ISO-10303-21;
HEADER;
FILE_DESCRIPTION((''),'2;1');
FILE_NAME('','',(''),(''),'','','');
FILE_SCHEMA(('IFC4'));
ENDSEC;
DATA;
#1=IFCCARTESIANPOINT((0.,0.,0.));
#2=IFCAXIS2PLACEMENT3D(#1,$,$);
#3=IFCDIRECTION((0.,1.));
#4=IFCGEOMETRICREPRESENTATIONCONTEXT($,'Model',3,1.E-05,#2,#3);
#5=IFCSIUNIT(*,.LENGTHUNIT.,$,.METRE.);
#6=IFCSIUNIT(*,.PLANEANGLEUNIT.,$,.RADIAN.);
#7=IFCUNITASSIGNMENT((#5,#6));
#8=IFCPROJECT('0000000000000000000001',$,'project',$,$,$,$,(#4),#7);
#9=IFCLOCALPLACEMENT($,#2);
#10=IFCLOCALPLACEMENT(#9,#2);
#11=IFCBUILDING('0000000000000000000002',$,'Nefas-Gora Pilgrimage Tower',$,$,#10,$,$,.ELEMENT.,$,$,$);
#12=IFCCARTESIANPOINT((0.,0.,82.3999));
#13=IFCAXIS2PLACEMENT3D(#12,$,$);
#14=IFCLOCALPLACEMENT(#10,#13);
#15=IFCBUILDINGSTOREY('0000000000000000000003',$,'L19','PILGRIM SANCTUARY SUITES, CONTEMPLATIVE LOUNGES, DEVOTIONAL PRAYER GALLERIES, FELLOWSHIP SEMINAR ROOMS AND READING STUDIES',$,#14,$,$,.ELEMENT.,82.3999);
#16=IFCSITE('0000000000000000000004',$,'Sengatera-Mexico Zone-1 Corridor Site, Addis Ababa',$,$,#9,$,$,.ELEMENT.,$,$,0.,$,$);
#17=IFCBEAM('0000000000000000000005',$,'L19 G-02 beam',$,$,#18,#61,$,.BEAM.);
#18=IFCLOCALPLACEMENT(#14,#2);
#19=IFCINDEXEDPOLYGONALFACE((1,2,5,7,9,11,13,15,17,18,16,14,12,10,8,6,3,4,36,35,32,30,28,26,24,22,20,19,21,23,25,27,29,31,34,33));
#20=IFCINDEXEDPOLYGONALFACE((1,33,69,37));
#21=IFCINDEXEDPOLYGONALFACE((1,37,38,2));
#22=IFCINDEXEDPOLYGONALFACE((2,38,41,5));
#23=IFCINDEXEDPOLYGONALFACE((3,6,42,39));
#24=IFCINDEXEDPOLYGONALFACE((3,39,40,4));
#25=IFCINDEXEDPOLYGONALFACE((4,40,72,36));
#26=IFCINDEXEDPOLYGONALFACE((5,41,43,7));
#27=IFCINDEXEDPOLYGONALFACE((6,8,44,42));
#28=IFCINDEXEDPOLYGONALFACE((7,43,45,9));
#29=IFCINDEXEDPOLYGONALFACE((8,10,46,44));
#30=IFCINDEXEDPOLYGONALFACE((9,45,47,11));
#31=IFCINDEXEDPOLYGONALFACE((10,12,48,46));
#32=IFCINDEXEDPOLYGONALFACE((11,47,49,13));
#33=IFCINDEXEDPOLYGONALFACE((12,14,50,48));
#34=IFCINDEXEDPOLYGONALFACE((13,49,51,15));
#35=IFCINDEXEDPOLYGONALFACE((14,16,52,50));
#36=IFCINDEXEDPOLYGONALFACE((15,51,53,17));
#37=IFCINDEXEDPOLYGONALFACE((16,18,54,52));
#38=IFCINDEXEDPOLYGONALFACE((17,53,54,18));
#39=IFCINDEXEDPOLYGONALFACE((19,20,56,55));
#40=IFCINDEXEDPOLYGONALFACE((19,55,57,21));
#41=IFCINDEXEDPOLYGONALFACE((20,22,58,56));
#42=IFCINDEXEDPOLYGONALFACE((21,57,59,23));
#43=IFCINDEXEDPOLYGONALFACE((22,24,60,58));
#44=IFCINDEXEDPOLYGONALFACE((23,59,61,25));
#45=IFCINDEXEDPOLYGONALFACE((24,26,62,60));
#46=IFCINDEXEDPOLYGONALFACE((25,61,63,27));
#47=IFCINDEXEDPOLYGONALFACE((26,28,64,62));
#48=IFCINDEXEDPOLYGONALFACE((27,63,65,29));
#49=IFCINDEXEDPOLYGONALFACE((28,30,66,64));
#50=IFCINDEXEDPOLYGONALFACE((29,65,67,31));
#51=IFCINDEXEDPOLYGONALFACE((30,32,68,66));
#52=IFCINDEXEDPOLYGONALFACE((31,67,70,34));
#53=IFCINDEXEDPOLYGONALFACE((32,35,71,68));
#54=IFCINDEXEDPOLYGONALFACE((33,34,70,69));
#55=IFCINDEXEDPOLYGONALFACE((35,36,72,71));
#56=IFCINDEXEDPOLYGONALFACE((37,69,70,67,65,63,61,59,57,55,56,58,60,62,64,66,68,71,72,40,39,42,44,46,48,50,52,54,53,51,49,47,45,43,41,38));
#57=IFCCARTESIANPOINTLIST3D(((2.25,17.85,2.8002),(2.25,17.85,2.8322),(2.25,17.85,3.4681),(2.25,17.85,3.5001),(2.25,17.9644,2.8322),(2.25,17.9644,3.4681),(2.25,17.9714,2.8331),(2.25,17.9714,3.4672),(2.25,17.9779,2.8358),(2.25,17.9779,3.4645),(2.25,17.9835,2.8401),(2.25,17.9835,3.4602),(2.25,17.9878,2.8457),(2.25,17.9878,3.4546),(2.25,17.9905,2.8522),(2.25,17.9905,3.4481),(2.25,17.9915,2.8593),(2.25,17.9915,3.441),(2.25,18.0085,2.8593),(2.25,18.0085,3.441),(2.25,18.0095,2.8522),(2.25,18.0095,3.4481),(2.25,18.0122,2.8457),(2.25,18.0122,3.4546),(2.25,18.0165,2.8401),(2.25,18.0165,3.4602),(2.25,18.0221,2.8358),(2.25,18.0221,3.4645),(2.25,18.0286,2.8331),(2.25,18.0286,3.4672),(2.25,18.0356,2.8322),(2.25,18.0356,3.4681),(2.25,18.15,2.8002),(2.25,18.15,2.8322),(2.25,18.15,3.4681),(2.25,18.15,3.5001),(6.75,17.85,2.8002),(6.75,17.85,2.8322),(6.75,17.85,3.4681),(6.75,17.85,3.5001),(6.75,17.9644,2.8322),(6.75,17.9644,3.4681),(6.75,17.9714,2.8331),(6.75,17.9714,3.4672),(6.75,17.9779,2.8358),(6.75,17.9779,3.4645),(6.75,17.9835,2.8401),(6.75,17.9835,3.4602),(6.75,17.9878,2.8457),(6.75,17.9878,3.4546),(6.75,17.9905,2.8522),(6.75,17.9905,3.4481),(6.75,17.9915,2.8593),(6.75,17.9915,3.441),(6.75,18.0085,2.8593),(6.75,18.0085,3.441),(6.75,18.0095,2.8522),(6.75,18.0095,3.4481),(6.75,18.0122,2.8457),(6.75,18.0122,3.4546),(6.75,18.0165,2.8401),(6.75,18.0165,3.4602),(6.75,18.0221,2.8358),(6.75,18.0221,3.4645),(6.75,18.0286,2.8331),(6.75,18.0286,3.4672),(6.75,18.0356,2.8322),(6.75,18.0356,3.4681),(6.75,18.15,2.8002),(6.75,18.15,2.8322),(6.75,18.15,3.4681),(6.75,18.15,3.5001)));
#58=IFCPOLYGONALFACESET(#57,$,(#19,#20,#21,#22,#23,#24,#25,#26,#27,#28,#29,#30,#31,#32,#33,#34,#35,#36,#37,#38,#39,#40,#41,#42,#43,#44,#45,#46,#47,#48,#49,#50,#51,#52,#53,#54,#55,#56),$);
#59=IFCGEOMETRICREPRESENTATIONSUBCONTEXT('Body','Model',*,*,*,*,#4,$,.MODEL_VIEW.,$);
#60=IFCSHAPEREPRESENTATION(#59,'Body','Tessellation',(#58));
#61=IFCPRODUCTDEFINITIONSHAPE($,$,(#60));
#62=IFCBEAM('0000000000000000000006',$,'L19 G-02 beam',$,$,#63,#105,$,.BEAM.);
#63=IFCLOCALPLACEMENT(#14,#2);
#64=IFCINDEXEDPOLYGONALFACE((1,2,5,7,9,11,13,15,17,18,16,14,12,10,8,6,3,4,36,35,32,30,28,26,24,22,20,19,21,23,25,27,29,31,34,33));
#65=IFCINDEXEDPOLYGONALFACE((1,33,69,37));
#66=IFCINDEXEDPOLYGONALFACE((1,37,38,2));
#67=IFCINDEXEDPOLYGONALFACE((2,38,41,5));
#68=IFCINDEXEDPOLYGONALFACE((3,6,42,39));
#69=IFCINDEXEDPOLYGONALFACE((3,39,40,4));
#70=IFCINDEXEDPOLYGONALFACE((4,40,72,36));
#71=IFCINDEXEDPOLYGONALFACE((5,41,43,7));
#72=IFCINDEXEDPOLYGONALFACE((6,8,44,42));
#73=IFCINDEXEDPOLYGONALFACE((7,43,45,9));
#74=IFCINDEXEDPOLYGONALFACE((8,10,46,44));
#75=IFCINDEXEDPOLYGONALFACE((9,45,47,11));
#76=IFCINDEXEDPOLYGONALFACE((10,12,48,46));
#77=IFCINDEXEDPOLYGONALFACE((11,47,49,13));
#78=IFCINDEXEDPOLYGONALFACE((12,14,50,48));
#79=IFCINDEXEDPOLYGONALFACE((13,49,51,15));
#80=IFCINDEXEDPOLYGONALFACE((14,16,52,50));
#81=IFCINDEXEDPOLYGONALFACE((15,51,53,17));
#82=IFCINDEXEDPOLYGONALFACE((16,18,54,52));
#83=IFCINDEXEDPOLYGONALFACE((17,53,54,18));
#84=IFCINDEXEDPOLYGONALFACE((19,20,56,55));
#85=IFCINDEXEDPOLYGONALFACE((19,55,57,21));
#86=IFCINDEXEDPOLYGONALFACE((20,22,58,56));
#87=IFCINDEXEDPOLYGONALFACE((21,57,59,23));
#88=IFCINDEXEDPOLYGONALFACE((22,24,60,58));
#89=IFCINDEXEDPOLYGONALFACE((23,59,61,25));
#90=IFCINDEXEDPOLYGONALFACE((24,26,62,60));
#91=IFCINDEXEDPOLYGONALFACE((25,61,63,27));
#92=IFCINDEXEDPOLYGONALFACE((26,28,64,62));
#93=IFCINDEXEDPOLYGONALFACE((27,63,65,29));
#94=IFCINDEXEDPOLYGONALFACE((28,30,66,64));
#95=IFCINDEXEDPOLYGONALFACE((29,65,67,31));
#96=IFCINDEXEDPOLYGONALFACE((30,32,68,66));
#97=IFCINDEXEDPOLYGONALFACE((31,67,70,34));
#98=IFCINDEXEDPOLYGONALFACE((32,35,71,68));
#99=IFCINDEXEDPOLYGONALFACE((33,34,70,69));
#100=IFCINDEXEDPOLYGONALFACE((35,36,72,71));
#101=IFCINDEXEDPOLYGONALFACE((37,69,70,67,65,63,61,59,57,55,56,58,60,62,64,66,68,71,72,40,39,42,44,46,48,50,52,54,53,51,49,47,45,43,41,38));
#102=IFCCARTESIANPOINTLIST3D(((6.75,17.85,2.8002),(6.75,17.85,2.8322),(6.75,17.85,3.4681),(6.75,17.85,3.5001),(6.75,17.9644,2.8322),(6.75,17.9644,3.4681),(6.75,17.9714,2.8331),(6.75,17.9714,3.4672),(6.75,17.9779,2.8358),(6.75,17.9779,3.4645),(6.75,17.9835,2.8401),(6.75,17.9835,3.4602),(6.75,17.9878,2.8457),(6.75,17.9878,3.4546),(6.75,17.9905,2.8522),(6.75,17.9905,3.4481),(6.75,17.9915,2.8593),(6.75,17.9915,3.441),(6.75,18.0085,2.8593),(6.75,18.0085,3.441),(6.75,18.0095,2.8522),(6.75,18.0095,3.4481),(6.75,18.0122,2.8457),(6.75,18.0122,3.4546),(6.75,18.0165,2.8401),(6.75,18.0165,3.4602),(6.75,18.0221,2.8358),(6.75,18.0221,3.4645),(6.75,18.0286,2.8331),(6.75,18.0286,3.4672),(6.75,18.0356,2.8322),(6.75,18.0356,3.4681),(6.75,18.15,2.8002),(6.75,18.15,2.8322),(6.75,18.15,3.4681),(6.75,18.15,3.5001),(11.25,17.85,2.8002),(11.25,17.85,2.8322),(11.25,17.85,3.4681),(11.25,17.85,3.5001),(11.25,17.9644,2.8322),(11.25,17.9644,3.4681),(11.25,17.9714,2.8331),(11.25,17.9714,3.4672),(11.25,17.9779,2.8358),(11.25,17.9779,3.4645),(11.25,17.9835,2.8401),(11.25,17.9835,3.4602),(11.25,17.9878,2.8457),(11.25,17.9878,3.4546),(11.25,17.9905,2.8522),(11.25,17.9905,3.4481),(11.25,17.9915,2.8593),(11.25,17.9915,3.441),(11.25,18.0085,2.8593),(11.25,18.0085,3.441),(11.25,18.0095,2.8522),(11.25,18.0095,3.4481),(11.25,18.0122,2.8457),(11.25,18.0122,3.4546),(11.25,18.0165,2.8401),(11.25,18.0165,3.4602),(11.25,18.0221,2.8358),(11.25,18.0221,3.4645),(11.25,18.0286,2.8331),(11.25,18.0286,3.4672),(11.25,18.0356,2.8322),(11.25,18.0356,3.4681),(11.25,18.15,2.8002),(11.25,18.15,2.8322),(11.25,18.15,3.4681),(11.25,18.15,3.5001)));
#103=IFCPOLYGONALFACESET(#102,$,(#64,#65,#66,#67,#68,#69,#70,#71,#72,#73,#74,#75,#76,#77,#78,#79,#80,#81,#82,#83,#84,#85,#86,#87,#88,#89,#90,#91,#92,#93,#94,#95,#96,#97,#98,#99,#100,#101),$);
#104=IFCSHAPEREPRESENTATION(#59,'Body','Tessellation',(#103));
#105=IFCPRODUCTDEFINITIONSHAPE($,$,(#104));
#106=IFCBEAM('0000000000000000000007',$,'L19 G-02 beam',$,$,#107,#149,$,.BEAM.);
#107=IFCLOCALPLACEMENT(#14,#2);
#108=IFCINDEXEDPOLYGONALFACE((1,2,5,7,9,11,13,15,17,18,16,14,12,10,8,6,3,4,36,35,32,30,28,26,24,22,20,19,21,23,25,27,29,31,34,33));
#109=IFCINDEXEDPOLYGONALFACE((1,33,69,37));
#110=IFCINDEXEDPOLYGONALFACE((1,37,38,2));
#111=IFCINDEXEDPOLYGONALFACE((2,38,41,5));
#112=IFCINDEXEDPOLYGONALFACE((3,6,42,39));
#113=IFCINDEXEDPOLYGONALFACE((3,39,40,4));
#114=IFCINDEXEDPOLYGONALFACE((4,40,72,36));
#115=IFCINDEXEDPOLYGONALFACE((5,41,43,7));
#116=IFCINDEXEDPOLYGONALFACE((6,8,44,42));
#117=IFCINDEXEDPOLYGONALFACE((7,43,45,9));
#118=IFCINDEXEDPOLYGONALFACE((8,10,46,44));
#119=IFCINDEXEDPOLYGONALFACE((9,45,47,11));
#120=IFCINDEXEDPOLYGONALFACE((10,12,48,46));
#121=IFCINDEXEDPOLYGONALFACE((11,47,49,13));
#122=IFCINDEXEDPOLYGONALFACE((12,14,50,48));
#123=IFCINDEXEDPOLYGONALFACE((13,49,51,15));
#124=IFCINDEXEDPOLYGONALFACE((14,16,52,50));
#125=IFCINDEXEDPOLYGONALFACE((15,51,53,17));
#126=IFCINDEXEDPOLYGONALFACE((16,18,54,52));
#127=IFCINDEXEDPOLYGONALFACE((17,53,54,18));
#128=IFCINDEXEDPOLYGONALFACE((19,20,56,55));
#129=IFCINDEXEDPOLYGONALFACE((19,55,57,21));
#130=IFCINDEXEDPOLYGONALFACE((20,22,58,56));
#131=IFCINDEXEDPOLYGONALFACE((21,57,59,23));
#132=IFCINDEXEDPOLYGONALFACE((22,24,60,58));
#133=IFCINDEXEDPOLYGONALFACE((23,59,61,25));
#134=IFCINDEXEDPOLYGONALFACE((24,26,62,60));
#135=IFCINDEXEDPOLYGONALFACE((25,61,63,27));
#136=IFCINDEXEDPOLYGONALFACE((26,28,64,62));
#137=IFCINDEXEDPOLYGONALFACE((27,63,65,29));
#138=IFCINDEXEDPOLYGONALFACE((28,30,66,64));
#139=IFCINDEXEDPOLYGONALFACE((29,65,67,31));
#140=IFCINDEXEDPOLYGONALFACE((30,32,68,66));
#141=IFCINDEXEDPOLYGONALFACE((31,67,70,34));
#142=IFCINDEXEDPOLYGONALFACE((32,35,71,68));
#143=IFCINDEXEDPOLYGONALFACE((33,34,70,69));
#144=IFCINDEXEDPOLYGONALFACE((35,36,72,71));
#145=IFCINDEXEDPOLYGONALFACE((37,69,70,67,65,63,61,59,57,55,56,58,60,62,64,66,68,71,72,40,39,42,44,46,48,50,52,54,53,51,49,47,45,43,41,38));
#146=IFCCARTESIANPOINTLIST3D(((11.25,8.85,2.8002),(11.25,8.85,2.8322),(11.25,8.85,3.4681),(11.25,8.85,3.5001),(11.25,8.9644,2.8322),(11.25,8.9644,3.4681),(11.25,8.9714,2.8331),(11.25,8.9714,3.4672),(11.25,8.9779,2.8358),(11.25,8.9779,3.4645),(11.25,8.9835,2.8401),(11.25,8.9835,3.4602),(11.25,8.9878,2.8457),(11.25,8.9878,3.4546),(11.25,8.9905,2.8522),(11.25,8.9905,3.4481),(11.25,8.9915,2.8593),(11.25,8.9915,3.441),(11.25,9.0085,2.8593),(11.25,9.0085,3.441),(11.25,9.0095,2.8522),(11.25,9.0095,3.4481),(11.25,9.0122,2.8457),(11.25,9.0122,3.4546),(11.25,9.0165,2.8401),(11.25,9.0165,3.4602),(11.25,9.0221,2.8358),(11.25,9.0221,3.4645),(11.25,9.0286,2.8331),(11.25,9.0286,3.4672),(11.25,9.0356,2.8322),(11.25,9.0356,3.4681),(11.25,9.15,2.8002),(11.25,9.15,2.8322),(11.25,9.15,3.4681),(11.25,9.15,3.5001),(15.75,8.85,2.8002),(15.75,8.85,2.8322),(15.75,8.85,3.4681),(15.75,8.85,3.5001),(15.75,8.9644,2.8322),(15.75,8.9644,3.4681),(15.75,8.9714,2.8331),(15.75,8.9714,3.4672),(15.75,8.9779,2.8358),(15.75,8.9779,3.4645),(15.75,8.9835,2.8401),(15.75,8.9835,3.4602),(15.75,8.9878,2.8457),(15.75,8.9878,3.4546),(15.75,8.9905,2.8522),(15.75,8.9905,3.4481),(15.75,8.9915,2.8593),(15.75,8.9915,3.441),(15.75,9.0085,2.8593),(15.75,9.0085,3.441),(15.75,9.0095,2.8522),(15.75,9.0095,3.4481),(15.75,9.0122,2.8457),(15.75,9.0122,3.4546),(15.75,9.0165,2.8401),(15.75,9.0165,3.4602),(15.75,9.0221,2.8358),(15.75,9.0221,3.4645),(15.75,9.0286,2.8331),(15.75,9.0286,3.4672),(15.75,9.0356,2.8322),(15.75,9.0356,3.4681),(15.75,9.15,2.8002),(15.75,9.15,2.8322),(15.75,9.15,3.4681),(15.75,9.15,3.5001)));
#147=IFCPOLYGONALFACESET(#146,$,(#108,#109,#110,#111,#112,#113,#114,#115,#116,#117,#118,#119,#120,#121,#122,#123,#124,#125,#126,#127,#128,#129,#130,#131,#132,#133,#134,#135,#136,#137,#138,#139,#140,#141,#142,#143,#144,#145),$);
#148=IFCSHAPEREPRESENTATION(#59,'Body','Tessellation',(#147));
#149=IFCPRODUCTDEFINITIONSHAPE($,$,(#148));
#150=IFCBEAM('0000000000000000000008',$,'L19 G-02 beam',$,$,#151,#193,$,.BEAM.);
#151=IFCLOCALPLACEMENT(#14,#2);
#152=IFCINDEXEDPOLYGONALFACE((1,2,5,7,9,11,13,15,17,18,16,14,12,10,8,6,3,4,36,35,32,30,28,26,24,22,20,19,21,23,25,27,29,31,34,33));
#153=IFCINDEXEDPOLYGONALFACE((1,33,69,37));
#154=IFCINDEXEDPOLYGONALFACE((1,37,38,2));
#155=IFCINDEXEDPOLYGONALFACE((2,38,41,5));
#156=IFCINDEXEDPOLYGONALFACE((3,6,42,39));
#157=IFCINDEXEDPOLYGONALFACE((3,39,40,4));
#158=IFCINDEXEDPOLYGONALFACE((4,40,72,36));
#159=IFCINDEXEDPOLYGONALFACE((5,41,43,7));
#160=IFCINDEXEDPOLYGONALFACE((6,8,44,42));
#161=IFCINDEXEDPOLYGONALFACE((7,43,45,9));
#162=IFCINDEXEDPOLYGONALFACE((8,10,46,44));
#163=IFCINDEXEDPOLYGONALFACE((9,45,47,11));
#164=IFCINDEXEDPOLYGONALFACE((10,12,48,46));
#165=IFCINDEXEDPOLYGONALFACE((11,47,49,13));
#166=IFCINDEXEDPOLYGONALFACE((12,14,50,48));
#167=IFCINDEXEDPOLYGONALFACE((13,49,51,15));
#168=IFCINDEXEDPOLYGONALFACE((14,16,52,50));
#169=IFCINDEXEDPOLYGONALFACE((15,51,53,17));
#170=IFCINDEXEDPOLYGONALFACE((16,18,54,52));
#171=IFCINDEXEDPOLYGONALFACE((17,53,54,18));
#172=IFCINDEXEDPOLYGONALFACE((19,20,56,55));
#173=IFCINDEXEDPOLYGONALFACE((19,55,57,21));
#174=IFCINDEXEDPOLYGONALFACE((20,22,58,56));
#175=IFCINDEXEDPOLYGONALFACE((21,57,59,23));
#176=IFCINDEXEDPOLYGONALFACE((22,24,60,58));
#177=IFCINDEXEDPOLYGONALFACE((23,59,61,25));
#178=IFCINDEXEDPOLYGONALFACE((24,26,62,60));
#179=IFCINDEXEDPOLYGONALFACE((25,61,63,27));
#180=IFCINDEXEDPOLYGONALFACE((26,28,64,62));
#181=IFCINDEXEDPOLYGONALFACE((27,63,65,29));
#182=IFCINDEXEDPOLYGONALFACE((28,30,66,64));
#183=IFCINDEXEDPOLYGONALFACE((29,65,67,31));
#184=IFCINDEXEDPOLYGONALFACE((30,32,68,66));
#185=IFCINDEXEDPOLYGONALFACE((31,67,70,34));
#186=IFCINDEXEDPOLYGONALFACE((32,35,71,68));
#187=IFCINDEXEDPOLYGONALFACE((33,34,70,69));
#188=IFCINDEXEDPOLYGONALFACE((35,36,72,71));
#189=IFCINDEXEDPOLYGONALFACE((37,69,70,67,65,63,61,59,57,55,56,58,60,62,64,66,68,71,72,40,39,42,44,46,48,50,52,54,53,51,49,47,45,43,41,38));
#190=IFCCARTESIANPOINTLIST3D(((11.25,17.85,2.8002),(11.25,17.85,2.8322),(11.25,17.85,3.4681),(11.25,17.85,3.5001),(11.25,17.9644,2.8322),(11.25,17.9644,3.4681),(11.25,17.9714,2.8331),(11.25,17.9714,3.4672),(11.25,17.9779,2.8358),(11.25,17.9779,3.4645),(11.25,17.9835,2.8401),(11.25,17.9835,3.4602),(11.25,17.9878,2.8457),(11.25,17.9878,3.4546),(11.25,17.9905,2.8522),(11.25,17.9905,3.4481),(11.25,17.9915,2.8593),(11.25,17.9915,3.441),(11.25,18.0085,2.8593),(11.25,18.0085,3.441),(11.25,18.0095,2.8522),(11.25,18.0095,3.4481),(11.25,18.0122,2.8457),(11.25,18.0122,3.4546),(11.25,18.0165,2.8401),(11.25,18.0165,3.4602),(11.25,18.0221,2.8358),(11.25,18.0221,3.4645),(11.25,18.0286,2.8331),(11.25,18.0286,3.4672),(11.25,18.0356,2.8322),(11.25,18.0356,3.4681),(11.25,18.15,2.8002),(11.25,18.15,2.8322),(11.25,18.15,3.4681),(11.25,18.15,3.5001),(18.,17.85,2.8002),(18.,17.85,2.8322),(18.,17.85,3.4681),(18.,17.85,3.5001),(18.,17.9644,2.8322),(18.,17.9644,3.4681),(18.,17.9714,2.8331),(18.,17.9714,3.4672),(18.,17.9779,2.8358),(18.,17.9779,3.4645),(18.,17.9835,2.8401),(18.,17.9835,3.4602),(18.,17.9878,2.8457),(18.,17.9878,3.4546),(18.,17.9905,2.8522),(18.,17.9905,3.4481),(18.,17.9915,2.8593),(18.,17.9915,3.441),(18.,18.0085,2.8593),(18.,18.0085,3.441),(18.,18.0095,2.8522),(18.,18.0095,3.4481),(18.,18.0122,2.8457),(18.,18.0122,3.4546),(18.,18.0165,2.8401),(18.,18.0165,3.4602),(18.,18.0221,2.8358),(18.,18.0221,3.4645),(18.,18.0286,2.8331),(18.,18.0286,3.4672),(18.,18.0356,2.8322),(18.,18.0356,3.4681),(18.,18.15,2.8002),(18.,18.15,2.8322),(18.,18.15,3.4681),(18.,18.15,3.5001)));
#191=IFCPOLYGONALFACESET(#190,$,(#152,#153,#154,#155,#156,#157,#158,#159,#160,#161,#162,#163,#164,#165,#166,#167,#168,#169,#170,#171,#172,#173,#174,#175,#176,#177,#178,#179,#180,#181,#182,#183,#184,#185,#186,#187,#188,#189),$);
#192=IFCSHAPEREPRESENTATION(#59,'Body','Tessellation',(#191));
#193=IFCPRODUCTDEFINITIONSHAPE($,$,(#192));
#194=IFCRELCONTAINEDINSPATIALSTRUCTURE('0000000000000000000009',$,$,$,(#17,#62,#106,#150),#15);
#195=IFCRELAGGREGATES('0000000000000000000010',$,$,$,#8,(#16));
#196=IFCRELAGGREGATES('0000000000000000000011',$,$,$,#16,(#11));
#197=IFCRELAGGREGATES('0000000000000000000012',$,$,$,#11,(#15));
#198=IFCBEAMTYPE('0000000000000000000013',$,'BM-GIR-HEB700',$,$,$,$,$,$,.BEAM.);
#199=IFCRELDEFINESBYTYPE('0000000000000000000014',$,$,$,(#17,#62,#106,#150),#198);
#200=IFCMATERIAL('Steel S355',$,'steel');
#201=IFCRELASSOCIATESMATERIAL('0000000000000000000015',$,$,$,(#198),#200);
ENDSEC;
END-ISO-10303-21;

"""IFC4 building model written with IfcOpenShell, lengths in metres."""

from ifc_helpers import new_model, si_unit, direction, frame, origin, origin_2d, place, context, subcontext, project, spatial, i_section, extrude, source, transform, mapped, material, material_profile, profile_set, type_object, element, save


model = new_model("IFC4")

# Units and contexts
model_context = context("Model", 3, precision=1e-05, world=origin(), true_north=direction((0.0, 1.0)))
body_context = subcontext(model_context, "Body", "Model", "MODEL_VIEW")
ifc_project = project(units=[si_unit("LENGTHUNIT", "METRE"), si_unit("PLANEANGLEUNIT", "RADIAN")], contexts=[model_context])

# Site, building, storey
site_placement = place(None, origin())
site = spatial("IfcSite", under=ifc_project, at=site_placement, Name="Sengatera-Mexico Zone-1 Corridor Site, Addis Ababa", CompositionType="ELEMENT", RefElevation=0.0)
building_placement = place(site_placement, origin())
building = spatial("IfcBuilding", under=site, at=building_placement, Name="Nefas-Gora Pilgrimage Tower", CompositionType="ELEMENT")
storey_placement = place(building_placement, frame((0.0, 0.0, 82.3999)))
storey = spatial("IfcBuildingStorey", under=building, at=storey_placement, Name="L19", Description="PILGRIM SANCTUARY SUITES, CONTEMPLATIVE LOUNGES, DEVOTIONAL PRAYER GALLERIES, FELLOWSHIP SEMINAR ROOMS AND READING STUDIES", CompositionType="ELEMENT", Elevation=82.3999)

# Beams
ifc_material_1 = material(Name="Steel S355", Category="steel")
ifc_material_profile_1 = material_profile(ifc_material_1, i_section(OverallWidth=0.3, OverallDepth=0.7, WebThickness=0.0171, FlangeThickness=0.032, FilletRadius=0.0271, at=origin_2d()), Name="HEB 700")
ifc_profile_set_1 = profile_set([ifc_material_profile_1], Name="Steel S355")
beam_type_1 = type_object("IfcBeamType", Name="BM-GIR-HEB700", PredefinedType="BEAM", material=ifc_profile_set_1)
shared_shape_1 = source(origin(), body_context, "Body", "SweptSolid", [
    extrude(i_section(OverallWidth=0.3, OverallDepth=0.7, WebThickness=0.0171, FlangeThickness=0.032, FilletRadius=0.0271, at=origin_2d()), origin(), (0.0, 0.0, 1.0), 4.5),
])
for number, where, z_axis, x_axis, name in (
    (1, (2.25, 18.0, 3.1501), (1.0, 0.0, 0.0), (0.0, 1.0, 0.0), "L19 G-02 beam"),
    (2, (6.75, 18.0, 3.1501), (1.0, 0.0, 0.0), (0.0, 1.0, 0.0), "L19 G-02 beam"),
    (3, (11.25, 9.0, 3.1501), (1.0, 0.0, 0.0), (0.0, 1.0, 0.0), "L19 G-02 beam"),
):
    element("IfcBeam", number, at=place(storey_placement, frame(where, z_axis=z_axis, x_axis=x_axis)), inside=storey, type_object=beam_type_1, Name=name, PredefinedType="BEAM", context=body_context, shape_type="MappedRepresentation", body=[
        mapped(shared_shape_1, transform((0.0, 0.0, 0.0), x_axis=(1.0, 0.0, 0.0), y_axis=(0.0, 1.0, 0.0), z_axis=(0.0, 0.0, 1.0), scale=1.0)),
    ])
shared_shape_2 = source(origin(), body_context, "Body", "SweptSolid", [
    extrude(i_section(OverallWidth=0.3, OverallDepth=0.7, WebThickness=0.0171, FlangeThickness=0.032, FilletRadius=0.0271, at=origin_2d()), origin(), (0.0, 0.0, 1.0), 6.75),
])
beam_1_placement = place(storey_placement, frame((11.25, 18.0, 3.1501), z_axis=(1.0, 0.0, 0.0), x_axis=(0.0, 1.0, 0.0)))
element("IfcBeam", 4, at=beam_1_placement, inside=storey, type_object=beam_type_1, Name="L19 G-02 beam", PredefinedType="BEAM", context=body_context, shape_type="MappedRepresentation", body=[
    mapped(shared_shape_2, transform((0.0, 0.0, 0.0), x_axis=(1.0, 0.0, 0.0), y_axis=(0.0, 1.0, 0.0), z_axis=(0.0, 0.0, 1.0), scale=1.0)),
])

save(model, "model.ifc")
